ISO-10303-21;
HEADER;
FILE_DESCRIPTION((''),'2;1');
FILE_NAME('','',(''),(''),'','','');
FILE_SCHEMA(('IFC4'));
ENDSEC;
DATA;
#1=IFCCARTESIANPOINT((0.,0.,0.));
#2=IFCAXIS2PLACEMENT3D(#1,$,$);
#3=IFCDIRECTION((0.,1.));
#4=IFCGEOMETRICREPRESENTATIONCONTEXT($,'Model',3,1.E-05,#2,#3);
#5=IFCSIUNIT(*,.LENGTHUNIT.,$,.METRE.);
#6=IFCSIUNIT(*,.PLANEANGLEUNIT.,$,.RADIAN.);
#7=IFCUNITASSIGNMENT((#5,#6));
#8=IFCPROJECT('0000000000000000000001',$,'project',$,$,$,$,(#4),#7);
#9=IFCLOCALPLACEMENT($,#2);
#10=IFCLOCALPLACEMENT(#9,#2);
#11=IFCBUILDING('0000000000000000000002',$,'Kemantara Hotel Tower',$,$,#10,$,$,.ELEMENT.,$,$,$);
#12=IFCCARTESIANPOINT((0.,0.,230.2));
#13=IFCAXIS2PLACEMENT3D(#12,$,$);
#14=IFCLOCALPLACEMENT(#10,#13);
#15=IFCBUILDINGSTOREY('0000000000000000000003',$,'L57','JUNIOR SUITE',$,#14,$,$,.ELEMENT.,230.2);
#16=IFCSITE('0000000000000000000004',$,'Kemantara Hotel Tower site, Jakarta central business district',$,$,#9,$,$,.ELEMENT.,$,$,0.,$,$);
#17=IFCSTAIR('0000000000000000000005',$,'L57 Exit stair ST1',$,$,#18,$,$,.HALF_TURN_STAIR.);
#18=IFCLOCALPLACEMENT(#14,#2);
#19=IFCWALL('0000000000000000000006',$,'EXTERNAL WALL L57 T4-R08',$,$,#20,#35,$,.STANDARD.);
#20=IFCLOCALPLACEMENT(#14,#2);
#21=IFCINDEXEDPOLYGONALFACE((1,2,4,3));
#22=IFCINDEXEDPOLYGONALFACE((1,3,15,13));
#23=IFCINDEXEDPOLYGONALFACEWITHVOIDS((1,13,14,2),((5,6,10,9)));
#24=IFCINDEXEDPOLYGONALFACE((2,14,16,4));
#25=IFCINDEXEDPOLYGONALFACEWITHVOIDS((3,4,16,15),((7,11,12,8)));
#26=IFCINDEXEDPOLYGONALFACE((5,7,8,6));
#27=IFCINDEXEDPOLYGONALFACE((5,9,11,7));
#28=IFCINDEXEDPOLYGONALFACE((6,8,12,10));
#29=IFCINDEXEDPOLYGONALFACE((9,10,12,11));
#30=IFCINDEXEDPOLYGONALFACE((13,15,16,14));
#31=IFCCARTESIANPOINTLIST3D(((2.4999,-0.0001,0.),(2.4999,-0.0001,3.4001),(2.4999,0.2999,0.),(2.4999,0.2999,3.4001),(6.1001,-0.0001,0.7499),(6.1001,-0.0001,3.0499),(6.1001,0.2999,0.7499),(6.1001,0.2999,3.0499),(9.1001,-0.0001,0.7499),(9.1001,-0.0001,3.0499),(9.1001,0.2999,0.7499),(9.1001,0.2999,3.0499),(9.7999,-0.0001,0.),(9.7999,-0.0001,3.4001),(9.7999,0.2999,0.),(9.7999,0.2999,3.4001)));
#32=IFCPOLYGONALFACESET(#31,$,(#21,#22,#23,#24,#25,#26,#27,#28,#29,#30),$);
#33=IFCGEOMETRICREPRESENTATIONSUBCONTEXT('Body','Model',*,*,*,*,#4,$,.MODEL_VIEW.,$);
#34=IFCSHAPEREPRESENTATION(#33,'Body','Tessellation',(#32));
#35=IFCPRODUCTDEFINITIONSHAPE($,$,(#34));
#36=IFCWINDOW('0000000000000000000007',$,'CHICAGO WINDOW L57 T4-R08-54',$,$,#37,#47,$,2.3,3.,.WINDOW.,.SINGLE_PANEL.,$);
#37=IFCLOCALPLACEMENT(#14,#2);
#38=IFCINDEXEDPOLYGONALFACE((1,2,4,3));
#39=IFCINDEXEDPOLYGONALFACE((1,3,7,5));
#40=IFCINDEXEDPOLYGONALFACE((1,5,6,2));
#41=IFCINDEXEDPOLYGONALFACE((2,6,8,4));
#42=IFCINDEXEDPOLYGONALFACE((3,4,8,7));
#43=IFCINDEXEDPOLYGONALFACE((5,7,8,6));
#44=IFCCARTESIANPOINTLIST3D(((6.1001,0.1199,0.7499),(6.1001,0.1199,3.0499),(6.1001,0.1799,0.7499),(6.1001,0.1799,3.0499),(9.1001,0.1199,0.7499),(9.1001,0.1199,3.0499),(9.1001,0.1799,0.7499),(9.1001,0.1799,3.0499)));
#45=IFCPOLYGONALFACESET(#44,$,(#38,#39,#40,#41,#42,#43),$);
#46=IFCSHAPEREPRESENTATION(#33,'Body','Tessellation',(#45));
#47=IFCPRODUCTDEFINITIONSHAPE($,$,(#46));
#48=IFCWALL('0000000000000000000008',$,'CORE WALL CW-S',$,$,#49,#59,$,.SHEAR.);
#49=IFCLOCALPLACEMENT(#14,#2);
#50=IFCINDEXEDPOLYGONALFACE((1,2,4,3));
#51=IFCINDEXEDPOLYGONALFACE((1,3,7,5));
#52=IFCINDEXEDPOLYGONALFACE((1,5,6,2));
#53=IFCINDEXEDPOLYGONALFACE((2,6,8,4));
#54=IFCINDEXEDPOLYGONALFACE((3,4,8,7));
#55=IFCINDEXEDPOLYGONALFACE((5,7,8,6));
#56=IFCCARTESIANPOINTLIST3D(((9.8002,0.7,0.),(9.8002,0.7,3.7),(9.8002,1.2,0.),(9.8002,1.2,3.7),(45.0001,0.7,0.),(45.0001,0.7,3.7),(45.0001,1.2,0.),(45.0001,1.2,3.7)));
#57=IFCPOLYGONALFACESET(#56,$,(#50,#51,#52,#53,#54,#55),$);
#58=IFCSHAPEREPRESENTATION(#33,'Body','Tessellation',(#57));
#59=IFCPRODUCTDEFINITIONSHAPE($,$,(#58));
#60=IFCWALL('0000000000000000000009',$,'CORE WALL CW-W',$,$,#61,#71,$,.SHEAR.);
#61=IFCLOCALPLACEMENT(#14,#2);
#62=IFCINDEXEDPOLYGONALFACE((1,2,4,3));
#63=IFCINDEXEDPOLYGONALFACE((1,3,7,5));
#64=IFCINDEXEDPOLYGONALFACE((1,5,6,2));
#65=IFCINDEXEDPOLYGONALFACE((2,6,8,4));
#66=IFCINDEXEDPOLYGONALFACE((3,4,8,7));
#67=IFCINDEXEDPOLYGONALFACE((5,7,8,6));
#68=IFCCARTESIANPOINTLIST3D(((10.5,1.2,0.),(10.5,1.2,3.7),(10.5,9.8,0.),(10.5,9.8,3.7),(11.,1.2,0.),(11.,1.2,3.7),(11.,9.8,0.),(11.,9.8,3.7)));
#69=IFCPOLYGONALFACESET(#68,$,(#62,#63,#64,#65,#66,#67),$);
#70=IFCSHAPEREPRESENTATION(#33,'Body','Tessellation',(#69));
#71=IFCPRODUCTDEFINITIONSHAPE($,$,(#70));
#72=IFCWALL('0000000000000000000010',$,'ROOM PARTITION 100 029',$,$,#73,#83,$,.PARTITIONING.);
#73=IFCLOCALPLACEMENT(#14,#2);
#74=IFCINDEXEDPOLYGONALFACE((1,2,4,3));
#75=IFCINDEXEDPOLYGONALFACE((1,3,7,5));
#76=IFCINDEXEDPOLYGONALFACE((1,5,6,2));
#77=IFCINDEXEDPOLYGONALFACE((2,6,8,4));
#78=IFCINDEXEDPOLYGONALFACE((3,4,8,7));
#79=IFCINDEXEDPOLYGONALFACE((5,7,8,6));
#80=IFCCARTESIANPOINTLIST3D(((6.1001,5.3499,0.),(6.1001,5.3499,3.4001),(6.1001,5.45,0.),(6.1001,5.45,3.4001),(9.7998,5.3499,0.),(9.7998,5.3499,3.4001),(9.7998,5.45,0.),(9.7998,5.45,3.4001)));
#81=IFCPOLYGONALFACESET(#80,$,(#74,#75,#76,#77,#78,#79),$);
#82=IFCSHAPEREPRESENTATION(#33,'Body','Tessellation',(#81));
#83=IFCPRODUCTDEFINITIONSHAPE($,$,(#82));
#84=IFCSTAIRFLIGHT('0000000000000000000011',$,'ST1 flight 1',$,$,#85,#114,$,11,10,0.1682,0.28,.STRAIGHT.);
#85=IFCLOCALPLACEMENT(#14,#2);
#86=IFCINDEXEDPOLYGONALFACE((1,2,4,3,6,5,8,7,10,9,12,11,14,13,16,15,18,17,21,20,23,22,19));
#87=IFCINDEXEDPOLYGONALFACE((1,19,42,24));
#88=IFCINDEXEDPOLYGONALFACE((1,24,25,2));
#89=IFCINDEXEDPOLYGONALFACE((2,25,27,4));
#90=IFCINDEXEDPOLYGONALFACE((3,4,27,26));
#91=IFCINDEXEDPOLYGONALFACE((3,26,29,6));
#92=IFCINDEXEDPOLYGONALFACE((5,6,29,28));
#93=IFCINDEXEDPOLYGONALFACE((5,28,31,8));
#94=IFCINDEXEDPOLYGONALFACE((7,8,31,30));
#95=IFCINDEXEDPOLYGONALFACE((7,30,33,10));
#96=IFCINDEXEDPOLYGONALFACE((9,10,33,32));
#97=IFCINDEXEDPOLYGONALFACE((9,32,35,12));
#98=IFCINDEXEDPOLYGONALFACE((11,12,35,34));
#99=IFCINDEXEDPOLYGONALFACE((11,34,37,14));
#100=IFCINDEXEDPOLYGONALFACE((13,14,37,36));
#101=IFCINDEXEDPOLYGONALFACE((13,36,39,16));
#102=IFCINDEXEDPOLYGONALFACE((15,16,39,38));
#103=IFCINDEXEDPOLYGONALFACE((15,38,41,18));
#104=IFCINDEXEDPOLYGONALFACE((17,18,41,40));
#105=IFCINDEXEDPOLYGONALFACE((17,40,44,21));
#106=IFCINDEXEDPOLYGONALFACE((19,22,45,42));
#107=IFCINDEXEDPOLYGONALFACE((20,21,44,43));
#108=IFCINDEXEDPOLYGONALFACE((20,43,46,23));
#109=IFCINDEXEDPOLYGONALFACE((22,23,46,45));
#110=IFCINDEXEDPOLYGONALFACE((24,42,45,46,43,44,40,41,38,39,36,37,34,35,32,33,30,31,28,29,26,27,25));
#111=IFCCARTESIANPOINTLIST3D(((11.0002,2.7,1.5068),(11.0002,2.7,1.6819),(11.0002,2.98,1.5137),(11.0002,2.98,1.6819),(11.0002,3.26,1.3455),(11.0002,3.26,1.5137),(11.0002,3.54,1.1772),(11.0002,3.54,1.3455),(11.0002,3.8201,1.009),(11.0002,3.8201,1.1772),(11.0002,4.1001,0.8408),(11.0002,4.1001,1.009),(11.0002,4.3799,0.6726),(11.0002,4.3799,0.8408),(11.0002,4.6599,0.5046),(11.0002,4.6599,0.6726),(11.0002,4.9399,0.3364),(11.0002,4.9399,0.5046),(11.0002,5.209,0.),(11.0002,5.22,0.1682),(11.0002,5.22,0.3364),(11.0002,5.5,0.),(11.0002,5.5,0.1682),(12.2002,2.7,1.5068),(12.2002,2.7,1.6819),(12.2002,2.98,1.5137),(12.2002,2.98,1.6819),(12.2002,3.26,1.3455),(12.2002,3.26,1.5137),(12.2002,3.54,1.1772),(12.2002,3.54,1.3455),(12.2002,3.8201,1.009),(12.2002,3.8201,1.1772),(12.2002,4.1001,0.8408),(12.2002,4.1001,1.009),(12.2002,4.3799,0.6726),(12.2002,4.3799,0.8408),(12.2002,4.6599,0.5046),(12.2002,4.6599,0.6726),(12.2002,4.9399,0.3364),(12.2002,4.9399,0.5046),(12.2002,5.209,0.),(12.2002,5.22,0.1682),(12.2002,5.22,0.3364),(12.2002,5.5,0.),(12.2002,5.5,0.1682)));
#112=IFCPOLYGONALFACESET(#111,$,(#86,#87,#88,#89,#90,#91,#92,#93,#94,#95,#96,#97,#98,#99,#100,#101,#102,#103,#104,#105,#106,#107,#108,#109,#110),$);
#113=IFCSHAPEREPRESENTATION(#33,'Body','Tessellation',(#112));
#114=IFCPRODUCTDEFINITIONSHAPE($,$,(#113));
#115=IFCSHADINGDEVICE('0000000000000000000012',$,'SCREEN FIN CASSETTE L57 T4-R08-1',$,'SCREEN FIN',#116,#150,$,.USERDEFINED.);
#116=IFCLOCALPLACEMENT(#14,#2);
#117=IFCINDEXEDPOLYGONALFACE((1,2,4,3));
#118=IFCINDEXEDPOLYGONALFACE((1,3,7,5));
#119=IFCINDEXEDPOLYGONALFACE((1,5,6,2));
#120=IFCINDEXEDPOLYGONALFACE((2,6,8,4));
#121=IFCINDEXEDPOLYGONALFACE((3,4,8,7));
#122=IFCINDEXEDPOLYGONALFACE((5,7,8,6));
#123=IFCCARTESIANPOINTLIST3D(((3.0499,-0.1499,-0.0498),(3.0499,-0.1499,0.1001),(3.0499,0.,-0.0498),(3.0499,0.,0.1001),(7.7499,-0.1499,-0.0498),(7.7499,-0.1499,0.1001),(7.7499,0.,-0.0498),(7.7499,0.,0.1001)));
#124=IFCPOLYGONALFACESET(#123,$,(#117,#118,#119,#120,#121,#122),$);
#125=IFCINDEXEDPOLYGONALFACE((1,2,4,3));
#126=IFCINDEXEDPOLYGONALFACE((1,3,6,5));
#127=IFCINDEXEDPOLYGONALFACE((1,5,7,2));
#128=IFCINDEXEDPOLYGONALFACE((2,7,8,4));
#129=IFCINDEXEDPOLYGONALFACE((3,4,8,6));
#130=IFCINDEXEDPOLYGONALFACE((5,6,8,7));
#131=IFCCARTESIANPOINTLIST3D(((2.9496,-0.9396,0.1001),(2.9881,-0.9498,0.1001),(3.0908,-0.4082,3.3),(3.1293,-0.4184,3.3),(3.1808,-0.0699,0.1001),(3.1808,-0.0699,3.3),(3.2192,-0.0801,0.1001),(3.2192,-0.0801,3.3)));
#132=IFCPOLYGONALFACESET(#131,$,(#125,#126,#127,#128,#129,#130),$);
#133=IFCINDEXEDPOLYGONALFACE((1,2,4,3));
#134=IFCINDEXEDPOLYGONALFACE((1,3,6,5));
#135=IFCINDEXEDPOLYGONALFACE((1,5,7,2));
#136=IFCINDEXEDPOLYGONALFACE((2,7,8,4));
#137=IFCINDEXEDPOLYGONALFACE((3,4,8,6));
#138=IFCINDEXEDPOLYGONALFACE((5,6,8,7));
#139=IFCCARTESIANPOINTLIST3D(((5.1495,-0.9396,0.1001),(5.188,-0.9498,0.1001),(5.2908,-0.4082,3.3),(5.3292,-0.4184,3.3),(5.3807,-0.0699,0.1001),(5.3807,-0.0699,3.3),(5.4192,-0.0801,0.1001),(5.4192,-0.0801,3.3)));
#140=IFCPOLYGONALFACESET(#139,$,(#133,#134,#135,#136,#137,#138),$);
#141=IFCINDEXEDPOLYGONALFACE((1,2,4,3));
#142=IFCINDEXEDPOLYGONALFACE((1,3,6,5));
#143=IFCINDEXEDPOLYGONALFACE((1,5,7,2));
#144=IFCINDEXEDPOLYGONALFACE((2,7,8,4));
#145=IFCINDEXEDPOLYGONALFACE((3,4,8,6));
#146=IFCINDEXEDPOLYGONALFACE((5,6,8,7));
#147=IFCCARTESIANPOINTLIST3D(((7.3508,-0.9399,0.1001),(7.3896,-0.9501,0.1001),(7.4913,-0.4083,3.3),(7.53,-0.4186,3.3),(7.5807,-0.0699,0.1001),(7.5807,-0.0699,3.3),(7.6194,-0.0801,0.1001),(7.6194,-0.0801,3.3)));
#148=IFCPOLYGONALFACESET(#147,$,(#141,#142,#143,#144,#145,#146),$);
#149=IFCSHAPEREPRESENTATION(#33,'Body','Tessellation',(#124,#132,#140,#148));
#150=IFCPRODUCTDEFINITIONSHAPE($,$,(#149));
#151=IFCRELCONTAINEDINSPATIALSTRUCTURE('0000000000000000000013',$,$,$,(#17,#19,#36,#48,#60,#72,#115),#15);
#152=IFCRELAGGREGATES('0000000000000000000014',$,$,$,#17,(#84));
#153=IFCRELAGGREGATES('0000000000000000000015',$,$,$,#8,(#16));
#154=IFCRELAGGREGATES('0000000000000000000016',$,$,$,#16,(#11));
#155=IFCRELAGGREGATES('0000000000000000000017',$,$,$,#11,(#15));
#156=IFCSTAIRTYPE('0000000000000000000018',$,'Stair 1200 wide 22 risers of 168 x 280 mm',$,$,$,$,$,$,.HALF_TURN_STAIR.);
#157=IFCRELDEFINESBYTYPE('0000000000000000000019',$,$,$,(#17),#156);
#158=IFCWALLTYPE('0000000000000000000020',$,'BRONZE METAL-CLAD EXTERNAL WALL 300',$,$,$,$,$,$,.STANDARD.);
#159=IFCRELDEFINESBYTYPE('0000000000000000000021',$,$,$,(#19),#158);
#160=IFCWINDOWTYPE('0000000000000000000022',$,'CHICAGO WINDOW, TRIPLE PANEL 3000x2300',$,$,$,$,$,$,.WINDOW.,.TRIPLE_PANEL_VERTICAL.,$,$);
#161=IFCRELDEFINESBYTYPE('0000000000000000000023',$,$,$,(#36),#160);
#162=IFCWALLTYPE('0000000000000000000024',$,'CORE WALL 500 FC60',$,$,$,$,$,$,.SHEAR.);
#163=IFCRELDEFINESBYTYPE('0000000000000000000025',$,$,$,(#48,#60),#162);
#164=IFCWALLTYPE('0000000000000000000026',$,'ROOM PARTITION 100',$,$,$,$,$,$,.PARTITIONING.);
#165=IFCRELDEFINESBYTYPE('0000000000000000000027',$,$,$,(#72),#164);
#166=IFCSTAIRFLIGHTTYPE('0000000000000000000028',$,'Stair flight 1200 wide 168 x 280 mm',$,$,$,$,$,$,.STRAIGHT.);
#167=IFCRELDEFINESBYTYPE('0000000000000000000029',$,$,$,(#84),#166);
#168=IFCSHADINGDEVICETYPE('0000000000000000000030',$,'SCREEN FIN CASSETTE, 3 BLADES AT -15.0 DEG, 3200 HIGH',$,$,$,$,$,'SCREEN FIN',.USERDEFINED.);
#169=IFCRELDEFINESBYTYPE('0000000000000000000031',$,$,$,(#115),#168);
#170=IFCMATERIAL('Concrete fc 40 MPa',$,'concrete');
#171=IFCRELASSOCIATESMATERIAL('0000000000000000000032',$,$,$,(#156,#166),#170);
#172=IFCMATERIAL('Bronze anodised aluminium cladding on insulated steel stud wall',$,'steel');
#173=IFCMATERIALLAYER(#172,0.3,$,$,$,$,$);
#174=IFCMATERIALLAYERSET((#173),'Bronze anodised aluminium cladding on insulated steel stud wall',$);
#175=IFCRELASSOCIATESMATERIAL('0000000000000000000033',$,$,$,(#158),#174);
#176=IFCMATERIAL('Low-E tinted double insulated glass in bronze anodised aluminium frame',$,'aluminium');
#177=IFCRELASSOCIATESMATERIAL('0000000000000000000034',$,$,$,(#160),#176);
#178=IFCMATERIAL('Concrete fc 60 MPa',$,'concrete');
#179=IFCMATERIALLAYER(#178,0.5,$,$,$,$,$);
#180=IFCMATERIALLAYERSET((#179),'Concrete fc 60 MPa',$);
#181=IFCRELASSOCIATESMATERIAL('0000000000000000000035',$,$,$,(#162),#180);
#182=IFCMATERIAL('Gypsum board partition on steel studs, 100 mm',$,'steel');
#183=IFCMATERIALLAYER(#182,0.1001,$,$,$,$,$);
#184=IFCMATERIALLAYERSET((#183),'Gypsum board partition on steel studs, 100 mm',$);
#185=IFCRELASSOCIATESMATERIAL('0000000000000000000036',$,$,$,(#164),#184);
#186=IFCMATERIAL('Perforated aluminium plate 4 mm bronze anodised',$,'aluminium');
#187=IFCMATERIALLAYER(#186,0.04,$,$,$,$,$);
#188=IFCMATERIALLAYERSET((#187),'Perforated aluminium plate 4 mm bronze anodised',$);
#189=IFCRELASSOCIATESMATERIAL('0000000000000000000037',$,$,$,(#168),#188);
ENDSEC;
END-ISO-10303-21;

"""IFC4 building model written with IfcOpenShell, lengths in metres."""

from ifc_helpers import new_model, si_unit, direction, frame, frame_2d, origin, origin_2d, place, context, subcontext, project, spatial, polyline, rectangle, outline, extrude, source, transform, mapped, material, layer, layer_set, type_object, element, fill, aggregate, save


model = new_model("IFC4")

# Units and contexts
model_context = context("Model", 3, precision=1e-05, world=origin(), true_north=direction((0.0, 1.0)))
body_context = subcontext(model_context, "Body", "Model", "MODEL_VIEW")
ifc_project = project(units=[si_unit("LENGTHUNIT", "METRE"), si_unit("PLANEANGLEUNIT", "RADIAN")], contexts=[model_context])

# Site, building, storey
site_placement = place(None, origin())
site = spatial("IfcSite", under=ifc_project, at=site_placement, Name="Kemantara Hotel Tower site, Jakarta central business district", CompositionType="ELEMENT", RefElevation=0.0)
building_placement = place(site_placement, origin())
building = spatial("IfcBuilding", under=site, at=building_placement, Name="Kemantara Hotel Tower", CompositionType="ELEMENT")
storey_placement = place(building_placement, frame((0.0, 0.0, 230.2)))
storey = spatial("IfcBuildingStorey", under=building, at=storey_placement, Name="L57", Description="JUNIOR SUITE", CompositionType="ELEMENT", Elevation=230.2)

# Shared definitions
ifc_material_1 = material(Name="Concrete fc 60 MPa", Category="concrete")

# Shared definitions
ifc_material_2 = material(Name="Concrete fc 40 MPa", Category="concrete")

# Stair
stair_type_1 = type_object("IfcStairType", Name="Stair 1200 wide 22 risers of 168 x 280 mm", PredefinedType="HALF_TURN_STAIR", material=ifc_material_2)
stair_1_placement = place(storey_placement, origin())
stair_1 = element("IfcStair", 1, at=stair_1_placement, inside=storey, type_object=stair_type_1, Name="L57 Exit stair ST1", PredefinedType="HALF_TURN_STAIR")

# Shared definitions
ifc_material_3 = material(Name="Bronze anodised aluminium cladding on insulated steel stud wall", Category="steel")
ifc_layer_1 = layer(ifc_material_3, 0.3)
ifc_layer_set_1 = layer_set([ifc_layer_1], Name="Bronze anodised aluminium cladding on insulated steel stud wall")
wall_type_1 = type_object("IfcWallType", Name="BRONZE METAL-CLAD EXTERNAL WALL 300", PredefinedType="STANDARD", material=ifc_layer_set_1)

# Wall, opening, window
wall_1_placement = place(storey_placement, frame((2.5, 0.1499, 0.0), z_axis=(0.0, 0.0, 1.0), x_axis=(1.0, 0.0, 0.0)))
wall_1 = element("IfcWall", 2, at=wall_1_placement, inside=storey, type_object=wall_type_1, Name="EXTERNAL WALL L57 T4-R08", PredefinedType="STANDARD", context=body_context, shape_type="SweptSolid", body=[
    extrude(rectangle(XDim=7.3, YDim=0.3, at=frame_2d((3.6499, 0.0))), origin(), (0.0, 0.0, 1.0), 3.4001),
])
opening_placement = place(wall_1_placement, frame((3.6001, 0.0, 0.75)))
opening = element("IfcOpeningElement", 3, at=opening_placement, cuts=wall_1, PredefinedType="OPENING", context=body_context, shape_type="SweptSolid", body=[
    extrude(rectangle(XDim=3.0, YDim=2.3, at=frame_2d((1.5, 1.1499))), frame((0.0, 0.1599, 0.0), z_axis=(0.0, -1.0, 0.0), x_axis=(1.0, 0.0, 0.0)), (0.0, 0.0, 1.0), 0.3201),
])
ifc_material_4 = material(Name="Low-E tinted double insulated glass in bronze anodised aluminium frame", Category="aluminium")
window_type = type_object("IfcWindowType", Name="CHICAGO WINDOW, TRIPLE PANEL 3000x2300", PartitioningType="TRIPLE_PANEL_VERTICAL", PredefinedType="WINDOW", material=ifc_material_4)
window_placement = place(opening_placement, origin())
window = element("IfcWindow", 4, at=window_placement, inside=storey, type_object=window_type, Name="CHICAGO WINDOW L57 T4-R08-54", OverallHeight=2.3, OverallWidth=3.0, PartitioningType="SINGLE_PANEL", PredefinedType="WINDOW", context=body_context, shape_type="SweptSolid", body=[
    extrude(rectangle(XDim=3.0, YDim=2.3, at=frame_2d((1.5, 1.1499))), frame((0.0, 0.03, 0.0), z_axis=(0.0, -1.0, 0.0), x_axis=(1.0, 0.0, 0.0)), (0.0, 0.0, 1.0), 0.0601),
])
fill(opening, window)

# Walls
ifc_layer_2 = layer(ifc_material_1, 0.5)
ifc_layer_set_2 = layer_set([ifc_layer_2], Name="Concrete fc 60 MPa")
wall_type_2 = type_object("IfcWallType", Name="CORE WALL 500 FC60", PredefinedType="SHEAR", material=ifc_layer_set_2)
wall_2_placement = place(storey_placement, frame((9.8, 0.95, 0.0), z_axis=(0.0, 0.0, 1.0), x_axis=(1.0, 0.0, 0.0)))
element("IfcWall", 5, at=wall_2_placement, inside=storey, type_object=wall_type_2, Name="CORE WALL CW-S", PredefinedType="SHEAR", context=body_context, shape_type="SweptSolid", body=[
    extrude(rectangle(XDim=35.2, YDim=0.5, at=frame_2d((17.6001, 0.0))), origin(), (0.0, 0.0, 1.0), 3.7),
])
wall_3_placement = place(storey_placement, frame((10.75, 1.2, 0.0), z_axis=(0.0, 0.0, 1.0), x_axis=(0.0, 1.0, 0.0)))
element("IfcWall", 6, at=wall_3_placement, inside=storey, type_object=wall_type_2, Name="CORE WALL CW-W", PredefinedType="SHEAR", context=body_context, shape_type="SweptSolid", body=[
    extrude(rectangle(XDim=8.6001, YDim=0.5, at=frame_2d((4.3, 0.0))), origin(), (0.0, 0.0, 1.0), 3.7),
])
ifc_material_5 = material(Name="Gypsum board partition on steel studs, 100 mm", Category="steel")
ifc_layer_3 = layer(ifc_material_5, 0.1001)
ifc_layer_set_3 = layer_set([ifc_layer_3], Name="Gypsum board partition on steel studs, 100 mm")
wall_type_3 = type_object("IfcWallType", Name="ROOM PARTITION 100", PredefinedType="PARTITIONING", material=ifc_layer_set_3)
wall_4_placement = place(storey_placement, frame((6.1001, 5.3999, 0.0), z_axis=(0.0, 0.0, 1.0), x_axis=(1.0, 0.0, 0.0)))
element("IfcWall", 7, at=wall_4_placement, inside=storey, type_object=wall_type_3, Name="ROOM PARTITION 100 029", PredefinedType="PARTITIONING", context=body_context, shape_type="SweptSolid", body=[
    extrude(rectangle(XDim=3.6997, YDim=0.1001, at=frame_2d((1.8499, 0.0))), origin(), (0.0, 0.0, 1.0), 3.4001),
])

# Stair flight
stair_flight_type = type_object("IfcStairFlightType", Name="Stair flight 1200 wide 168 x 280 mm", PredefinedType="STRAIGHT", material=ifc_material_2)
stair_flight_placement = place(storey_placement, frame((11.6001, 5.5, 0.0), z_axis=(0.0, 0.0, 1.0), x_axis=(0.0, -1.0, 0.0)))
stair_flight = element("IfcStairFlight", 8, at=stair_flight_placement, type_object=stair_flight_type, Name="ST1 flight 1", NumberOfRisers=11, NumberOfTreads=10, PredefinedType="STRAIGHT", RiserHeight=0.1682, TreadLength=0.28, context=body_context, shape_type="SweptSolid", body=[
    extrude(outline(polyline([(0.0, 0.0), (0.0, 0.1682), (0.28, 0.1682), (0.28, 0.3364), (0.5601, 0.3364), (0.5601, 0.5046), (0.8401, 0.5046), (0.8401, 0.6726), (1.1201, 0.6726), (1.1201, 0.8408), (1.3999, 0.8408), (1.3999, 1.009), (1.6799, 1.009), (1.6799, 1.1772), (1.96, 1.1772), (1.96, 1.3455), (2.24, 1.3455), (2.24, 1.5137), (2.52, 1.5137), (2.52, 1.6819), (2.8, 1.6819), (2.8, 1.8501), (2.8, 1.5068), (0.291, 0.0), (0.0, 0.0)])), frame((0.0, 0.6001, 0.0), z_axis=(0.0, -1.0, 0.0), x_axis=(1.0, 0.0, 0.0)), (0.0, 0.0, 1.0), 1.2),
])
aggregate(stair_1, [stair_flight])

# Shading device
ifc_material_6 = material(Name="Perforated aluminium plate 4 mm bronze anodised", Category="aluminium")
ifc_layer_4 = layer(ifc_material_6, 0.04)
ifc_layer_set_4 = layer_set([ifc_layer_4], Name="Perforated aluminium plate 4 mm bronze anodised")
shading_device_type_1 = type_object("IfcShadingDeviceType", Name="SCREEN FIN CASSETTE, 3 BLADES AT -15.0 DEG, 3200 HIGH", ElementType="SCREEN FIN", PredefinedType="USERDEFINED", material=ifc_layer_set_4)
shared_shape_1 = source(origin(), body_context, "Body", "SweptSolid", [
    extrude(rectangle(XDim=4.7, YDim=0.1499, at=origin_2d()), frame((2.2, -0.075, -0.1499), z_axis=(0.0, 0.0, 1.0), x_axis=(1.0, 0.0, 0.0)), (0.0, 0.0, 1.0), 0.1499),
    extrude(outline(polyline([(0.0, 0.0), (0.8999, 0.0), (0.3501, 3.2), (0.0, 3.2), (0.0, 0.0)])), frame((0.0193, -0.0801, 0.0), z_axis=(-0.966438, 0.256901, 0.0), x_axis=(-0.256901, -0.966438, 0.0)), (0.0, 0.0, 1.0), 0.0398),
    extrude(outline(polyline([(0.0, 0.0), (0.8999, 0.0), (0.3501, 3.2), (0.0, 3.2), (0.0, 0.0)])), frame((2.2192, -0.0801, 0.0), z_axis=(-0.966438, 0.256901, 0.0), x_axis=(-0.256901, -0.966438, 0.0)), (0.0, 0.0, 1.0), 0.0398),
    extrude(outline(polyline([(0.0, 0.0), (0.8999, 0.0), (0.3501, 3.2), (0.0, 3.2), (0.0, 0.0)])), frame((4.4194, -0.0801, 0.0), z_axis=(-0.966838, 0.255391, 0.0), x_axis=(-0.255391, -0.966838, 0.0)), (0.0, 0.0, 1.0), 0.04),
])
shading_device_1_placement = place(storey_placement, frame((3.2, 0.0, 0.1001), z_axis=(0.0, 0.0, 1.0), x_axis=(1.0, 0.0, 0.0)))
element("IfcShadingDevice", 9, at=shading_device_1_placement, inside=storey, type_object=shading_device_type_1, Name="SCREEN FIN CASSETTE L57 T4-R08-1", ObjectType="SCREEN FIN", PredefinedType="USERDEFINED", context=body_context, shape_type="MappedRepresentation", body=[
    mapped(shared_shape_1, transform((0.0, 0.0, 0.0))),
])

save(model, "model.ifc")
